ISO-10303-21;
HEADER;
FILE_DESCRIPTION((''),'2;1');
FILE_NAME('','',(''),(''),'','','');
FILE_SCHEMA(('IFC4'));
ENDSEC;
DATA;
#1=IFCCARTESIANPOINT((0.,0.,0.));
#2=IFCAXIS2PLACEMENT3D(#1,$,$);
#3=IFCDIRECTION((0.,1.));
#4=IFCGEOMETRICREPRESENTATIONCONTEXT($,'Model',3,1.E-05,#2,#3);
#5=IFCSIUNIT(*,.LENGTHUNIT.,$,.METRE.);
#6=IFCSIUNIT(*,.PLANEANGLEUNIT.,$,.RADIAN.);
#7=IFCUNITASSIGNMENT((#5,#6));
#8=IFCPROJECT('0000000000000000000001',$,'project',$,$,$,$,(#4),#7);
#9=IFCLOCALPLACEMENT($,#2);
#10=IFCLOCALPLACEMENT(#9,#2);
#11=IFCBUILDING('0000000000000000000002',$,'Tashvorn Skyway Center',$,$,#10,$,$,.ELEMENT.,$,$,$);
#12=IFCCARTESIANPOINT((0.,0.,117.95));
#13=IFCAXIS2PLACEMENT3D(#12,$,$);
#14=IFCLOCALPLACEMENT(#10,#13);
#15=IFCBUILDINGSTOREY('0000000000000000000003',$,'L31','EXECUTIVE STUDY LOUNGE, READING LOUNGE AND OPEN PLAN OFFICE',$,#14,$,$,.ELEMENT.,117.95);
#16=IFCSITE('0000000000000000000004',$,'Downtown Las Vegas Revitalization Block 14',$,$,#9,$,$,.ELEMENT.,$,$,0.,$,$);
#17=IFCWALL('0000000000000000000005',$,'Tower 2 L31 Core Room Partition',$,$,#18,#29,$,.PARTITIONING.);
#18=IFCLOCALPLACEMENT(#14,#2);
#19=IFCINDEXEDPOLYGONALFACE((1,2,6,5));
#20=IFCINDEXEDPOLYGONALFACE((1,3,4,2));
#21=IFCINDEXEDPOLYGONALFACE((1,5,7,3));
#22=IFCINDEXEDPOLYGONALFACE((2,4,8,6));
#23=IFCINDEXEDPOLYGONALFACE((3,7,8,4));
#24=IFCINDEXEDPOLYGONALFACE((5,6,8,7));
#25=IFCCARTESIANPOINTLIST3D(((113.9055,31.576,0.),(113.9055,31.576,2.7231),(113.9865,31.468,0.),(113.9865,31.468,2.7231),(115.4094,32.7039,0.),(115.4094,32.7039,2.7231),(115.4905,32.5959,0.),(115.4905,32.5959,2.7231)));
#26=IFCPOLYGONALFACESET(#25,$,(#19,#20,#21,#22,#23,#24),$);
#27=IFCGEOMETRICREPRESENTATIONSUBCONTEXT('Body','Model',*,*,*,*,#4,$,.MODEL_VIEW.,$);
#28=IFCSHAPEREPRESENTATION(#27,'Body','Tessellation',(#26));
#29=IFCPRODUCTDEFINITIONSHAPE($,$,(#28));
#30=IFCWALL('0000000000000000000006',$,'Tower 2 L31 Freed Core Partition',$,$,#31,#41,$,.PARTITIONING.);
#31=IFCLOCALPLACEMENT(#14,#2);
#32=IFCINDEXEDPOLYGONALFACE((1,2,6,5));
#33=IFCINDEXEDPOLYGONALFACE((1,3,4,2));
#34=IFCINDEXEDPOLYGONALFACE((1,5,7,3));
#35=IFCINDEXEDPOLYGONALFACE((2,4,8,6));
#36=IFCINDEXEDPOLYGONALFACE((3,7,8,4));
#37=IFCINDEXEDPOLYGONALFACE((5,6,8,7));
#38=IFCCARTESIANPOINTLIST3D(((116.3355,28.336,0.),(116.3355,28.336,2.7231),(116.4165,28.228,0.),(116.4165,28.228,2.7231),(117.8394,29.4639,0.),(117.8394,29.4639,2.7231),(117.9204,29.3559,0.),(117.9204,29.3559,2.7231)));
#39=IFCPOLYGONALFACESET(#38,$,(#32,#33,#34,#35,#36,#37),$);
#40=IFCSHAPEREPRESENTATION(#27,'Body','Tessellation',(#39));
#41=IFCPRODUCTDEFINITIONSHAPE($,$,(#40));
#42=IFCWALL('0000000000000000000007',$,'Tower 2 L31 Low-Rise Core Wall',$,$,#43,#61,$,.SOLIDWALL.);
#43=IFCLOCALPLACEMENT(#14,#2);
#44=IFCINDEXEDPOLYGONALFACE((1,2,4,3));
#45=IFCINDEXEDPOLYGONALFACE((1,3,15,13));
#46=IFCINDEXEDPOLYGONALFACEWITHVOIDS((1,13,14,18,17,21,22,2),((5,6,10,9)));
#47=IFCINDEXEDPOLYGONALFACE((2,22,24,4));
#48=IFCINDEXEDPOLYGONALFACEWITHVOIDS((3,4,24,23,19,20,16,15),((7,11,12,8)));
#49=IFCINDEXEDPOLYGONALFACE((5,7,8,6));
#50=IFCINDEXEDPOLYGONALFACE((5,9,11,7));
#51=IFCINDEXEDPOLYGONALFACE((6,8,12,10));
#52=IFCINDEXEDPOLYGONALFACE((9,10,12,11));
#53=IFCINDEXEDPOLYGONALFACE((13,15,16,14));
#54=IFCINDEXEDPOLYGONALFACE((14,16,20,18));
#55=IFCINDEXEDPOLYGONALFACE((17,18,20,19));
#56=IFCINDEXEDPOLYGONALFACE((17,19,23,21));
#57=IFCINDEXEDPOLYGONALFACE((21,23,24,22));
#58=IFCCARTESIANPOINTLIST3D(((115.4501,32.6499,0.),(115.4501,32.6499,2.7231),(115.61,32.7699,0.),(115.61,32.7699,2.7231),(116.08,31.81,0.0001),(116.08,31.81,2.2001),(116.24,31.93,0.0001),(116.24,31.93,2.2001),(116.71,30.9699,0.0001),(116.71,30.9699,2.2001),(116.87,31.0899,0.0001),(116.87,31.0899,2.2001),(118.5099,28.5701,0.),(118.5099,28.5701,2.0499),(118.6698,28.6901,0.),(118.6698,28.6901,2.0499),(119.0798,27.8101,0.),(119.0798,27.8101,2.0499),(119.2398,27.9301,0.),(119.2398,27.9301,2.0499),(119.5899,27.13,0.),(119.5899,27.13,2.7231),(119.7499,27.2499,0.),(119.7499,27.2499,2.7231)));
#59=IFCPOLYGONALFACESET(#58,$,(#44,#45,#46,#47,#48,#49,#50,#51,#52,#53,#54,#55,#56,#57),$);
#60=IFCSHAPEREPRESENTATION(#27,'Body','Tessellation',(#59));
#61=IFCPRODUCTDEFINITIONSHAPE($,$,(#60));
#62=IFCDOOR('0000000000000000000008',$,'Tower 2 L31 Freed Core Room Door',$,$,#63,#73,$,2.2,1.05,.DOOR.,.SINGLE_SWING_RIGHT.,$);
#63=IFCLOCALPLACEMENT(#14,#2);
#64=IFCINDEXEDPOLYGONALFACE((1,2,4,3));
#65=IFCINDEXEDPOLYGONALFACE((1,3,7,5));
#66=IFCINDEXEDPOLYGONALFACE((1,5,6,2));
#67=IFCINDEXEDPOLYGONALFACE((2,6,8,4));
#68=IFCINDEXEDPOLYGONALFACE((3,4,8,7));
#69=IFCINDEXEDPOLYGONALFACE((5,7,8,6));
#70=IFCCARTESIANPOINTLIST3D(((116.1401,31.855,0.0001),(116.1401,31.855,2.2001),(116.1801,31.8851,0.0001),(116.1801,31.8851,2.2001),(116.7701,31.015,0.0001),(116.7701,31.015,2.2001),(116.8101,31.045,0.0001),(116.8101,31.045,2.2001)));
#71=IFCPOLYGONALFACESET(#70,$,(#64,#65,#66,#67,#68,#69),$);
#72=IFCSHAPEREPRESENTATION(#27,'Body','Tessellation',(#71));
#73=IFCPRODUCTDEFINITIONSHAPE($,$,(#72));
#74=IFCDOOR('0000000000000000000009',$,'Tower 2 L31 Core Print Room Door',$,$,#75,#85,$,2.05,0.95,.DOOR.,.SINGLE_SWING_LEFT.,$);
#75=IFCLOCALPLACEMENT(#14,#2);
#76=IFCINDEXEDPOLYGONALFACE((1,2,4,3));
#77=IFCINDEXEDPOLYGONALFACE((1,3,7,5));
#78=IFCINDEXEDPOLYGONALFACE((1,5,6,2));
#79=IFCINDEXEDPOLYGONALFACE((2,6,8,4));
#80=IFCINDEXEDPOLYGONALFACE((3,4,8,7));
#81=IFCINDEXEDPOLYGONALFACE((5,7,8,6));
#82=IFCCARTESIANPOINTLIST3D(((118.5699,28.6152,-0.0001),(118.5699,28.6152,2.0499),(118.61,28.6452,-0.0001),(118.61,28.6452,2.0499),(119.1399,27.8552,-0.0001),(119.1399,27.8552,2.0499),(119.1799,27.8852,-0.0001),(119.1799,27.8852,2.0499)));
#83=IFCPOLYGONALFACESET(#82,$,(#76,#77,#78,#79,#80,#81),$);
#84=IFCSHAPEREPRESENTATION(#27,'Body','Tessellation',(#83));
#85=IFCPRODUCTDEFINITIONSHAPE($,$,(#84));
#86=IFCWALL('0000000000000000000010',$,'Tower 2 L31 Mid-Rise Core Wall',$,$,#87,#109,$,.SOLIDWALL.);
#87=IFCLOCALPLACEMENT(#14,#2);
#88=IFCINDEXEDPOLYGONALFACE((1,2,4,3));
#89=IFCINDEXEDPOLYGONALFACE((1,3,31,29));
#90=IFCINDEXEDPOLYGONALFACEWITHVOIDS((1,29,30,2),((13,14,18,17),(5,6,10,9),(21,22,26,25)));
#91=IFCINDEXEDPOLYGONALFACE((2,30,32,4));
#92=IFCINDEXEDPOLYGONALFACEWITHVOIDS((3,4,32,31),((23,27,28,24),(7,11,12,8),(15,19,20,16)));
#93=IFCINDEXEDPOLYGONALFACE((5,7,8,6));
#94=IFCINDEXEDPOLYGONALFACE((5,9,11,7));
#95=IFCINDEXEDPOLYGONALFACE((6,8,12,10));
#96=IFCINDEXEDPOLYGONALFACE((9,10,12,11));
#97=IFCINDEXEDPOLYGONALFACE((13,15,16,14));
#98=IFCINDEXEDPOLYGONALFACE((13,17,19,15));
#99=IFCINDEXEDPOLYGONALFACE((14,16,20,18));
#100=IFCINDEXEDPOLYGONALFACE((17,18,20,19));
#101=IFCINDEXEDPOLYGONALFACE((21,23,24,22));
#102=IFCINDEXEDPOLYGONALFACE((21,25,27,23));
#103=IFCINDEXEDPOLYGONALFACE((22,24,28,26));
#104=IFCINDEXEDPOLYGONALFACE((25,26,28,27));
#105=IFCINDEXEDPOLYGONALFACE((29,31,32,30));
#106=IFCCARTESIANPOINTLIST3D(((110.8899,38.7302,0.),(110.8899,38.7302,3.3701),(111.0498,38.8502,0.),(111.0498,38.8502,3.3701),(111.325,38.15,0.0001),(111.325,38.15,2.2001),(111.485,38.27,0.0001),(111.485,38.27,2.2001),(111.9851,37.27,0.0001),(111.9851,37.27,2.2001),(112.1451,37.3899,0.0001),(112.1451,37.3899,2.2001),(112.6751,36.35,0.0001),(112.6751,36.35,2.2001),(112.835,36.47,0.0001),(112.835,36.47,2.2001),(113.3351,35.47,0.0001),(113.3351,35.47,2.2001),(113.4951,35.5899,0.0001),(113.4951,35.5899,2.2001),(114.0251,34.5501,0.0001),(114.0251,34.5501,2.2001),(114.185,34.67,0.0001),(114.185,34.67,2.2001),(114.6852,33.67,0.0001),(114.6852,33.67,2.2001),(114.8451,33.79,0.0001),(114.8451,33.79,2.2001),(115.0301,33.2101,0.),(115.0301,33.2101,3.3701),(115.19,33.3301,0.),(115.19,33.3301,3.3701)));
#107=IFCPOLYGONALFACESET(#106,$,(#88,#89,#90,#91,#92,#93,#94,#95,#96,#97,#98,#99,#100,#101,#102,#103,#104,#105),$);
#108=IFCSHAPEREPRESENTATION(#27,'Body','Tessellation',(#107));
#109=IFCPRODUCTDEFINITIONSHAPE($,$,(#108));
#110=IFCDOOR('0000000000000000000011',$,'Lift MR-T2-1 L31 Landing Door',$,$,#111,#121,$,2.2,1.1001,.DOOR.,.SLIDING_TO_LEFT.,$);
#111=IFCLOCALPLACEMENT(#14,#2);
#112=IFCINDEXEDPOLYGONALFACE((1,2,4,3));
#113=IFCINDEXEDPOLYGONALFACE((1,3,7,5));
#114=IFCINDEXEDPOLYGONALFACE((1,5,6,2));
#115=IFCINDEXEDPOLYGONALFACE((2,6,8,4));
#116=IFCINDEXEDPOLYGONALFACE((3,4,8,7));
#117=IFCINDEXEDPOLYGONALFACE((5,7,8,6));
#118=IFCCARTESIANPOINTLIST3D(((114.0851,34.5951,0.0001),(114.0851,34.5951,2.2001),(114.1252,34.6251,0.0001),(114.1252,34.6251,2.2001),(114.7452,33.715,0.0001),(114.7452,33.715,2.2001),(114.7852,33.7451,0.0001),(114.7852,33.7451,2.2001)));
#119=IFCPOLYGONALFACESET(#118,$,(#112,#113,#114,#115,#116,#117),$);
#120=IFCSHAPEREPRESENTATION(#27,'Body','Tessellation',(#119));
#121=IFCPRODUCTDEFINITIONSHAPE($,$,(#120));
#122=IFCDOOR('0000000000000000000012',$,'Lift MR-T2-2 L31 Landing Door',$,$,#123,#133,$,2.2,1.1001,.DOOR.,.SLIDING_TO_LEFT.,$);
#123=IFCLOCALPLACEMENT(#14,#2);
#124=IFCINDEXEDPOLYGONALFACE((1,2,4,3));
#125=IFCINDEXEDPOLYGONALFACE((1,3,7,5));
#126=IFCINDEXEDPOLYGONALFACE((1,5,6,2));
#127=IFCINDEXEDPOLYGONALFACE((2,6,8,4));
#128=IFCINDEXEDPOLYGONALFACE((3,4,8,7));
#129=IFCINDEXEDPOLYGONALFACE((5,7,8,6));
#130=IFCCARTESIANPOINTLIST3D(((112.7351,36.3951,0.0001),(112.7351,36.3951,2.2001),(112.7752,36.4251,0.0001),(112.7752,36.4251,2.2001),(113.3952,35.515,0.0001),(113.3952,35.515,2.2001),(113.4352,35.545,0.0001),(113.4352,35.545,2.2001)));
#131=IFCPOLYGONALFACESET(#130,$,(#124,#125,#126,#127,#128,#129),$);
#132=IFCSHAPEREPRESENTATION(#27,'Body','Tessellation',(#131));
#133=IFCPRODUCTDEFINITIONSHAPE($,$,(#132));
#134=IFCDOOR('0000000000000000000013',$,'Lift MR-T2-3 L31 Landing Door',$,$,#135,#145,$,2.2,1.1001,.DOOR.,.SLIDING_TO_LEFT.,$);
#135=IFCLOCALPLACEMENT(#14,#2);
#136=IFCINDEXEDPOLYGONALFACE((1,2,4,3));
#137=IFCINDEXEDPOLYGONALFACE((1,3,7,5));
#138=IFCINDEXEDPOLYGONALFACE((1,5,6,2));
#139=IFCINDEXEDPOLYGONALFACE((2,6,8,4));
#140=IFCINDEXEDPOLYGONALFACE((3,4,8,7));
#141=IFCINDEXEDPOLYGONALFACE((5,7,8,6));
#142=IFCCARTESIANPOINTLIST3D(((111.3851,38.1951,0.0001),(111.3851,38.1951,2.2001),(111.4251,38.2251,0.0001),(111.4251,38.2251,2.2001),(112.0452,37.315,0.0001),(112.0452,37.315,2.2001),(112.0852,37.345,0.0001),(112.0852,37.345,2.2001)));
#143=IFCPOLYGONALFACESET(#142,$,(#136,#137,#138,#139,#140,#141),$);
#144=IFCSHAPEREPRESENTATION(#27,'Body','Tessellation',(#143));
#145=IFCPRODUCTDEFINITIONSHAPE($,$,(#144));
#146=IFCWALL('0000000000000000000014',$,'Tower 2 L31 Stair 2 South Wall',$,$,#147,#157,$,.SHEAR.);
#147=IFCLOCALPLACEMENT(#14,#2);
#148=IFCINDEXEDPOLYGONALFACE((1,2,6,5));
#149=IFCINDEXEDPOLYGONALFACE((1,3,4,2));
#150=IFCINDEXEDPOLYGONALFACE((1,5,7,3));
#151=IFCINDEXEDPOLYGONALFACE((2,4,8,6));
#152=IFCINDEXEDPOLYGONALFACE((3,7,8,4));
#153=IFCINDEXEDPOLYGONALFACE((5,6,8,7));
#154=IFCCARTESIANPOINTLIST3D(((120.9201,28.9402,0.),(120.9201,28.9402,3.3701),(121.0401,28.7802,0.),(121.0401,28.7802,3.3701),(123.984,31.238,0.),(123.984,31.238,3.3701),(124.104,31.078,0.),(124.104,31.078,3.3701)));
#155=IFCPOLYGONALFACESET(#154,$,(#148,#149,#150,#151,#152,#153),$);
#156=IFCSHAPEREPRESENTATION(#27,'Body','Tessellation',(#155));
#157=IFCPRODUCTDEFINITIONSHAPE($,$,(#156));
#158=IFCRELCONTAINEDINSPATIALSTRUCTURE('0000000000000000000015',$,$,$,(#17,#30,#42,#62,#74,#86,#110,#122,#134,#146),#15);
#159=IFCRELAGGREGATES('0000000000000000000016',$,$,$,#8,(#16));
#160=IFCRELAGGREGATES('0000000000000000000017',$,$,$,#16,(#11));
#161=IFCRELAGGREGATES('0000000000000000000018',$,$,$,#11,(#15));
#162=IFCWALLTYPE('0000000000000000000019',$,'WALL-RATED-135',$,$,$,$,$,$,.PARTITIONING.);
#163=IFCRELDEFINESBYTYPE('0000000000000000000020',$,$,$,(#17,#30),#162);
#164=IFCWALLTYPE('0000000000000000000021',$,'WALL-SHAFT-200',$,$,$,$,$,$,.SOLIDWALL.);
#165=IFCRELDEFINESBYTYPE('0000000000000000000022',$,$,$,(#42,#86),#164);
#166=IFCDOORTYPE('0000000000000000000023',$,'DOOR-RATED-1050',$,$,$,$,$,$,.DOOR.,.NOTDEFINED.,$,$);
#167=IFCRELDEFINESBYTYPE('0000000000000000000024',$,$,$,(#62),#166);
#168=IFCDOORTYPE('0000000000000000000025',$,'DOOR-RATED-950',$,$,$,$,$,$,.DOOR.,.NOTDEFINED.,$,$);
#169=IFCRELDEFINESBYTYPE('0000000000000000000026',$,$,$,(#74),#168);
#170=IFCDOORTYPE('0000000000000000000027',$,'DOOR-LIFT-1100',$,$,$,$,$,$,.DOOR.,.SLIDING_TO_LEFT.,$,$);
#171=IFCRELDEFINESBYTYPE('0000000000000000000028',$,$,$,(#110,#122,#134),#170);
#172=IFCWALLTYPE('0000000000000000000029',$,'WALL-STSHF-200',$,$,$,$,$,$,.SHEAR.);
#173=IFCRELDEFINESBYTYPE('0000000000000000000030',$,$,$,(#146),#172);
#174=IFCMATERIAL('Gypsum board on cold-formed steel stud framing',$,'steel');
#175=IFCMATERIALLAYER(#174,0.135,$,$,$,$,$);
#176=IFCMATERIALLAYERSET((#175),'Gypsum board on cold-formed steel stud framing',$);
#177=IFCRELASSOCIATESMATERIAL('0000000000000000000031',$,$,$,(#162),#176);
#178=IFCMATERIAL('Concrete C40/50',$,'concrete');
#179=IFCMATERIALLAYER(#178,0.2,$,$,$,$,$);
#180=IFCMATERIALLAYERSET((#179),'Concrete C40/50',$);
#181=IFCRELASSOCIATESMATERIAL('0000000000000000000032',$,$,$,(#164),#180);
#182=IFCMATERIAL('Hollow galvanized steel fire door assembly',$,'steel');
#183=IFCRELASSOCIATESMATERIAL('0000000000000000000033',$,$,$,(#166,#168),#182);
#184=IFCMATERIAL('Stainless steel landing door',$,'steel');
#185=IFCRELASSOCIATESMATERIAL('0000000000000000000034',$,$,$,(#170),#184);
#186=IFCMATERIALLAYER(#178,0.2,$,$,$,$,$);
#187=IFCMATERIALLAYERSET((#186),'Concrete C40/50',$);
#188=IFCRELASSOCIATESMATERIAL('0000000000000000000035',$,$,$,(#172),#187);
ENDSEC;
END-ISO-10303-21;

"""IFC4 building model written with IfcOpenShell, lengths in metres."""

from ifc_helpers import new_model, si_unit, direction, frame, frame_2d, origin, place, context, subcontext, project, spatial, rectangle, extrude, material, layer, layer_set, type_object, element, fill, save


model = new_model("IFC4")

# Units and contexts
model_context = context("Model", 3, precision=1e-05, world=origin(), true_north=direction((0.0, 1.0)))
body_context = subcontext(model_context, "Body", "Model", "MODEL_VIEW")
ifc_project = project(units=[si_unit("LENGTHUNIT", "METRE"), si_unit("PLANEANGLEUNIT", "RADIAN")], contexts=[model_context])

# Site, building, storey
site_placement = place(None, origin())
site = spatial("IfcSite", under=ifc_project, at=site_placement, Name="Downtown Las Vegas Revitalization Block 14", CompositionType="ELEMENT", RefElevation=0.0)
building_placement = place(site_placement, origin())
building = spatial("IfcBuilding", under=site, at=building_placement, Name="Tashvorn Skyway Center", CompositionType="ELEMENT")
storey_placement = place(building_placement, frame((0.0, 0.0, 117.95)))
storey = spatial("IfcBuildingStorey", under=building, at=storey_placement, Name="L31", Description="EXECUTIVE STUDY LOUNGE, READING LOUNGE AND OPEN PLAN OFFICE", CompositionType="ELEMENT", Elevation=117.95)

# Walls
ifc_material_1 = material(Name="Gypsum board on cold-formed steel stud framing", Category="steel")
ifc_layer_1 = layer(ifc_material_1, 0.135)
ifc_layer_set_1 = layer_set([ifc_layer_1], Name="Gypsum board on cold-formed steel stud framing")
wall_type_1 = type_object("IfcWallType", Name="WALL-RATED-135", PredefinedType="PARTITIONING", material=ifc_layer_set_1)
for number, where, z_axis, x_axis, name in (
    (1, (113.946, 31.522, 0.0), (0.0, 0.0, 1.0), (0.8, 0.6, 0.0), "Tower 2 L31 Core Room Partition"),
    (2, (116.376, 28.282, 0.0), (0.0, 0.0, 1.0), (0.8, 0.6, 0.0), "Tower 2 L31 Freed Core Partition"),
):
    element("IfcWall", number, at=place(storey_placement, frame(where, z_axis=z_axis, x_axis=x_axis)), inside=storey, type_object=wall_type_1, Name=name, PredefinedType="PARTITIONING", context=body_context, shape_type="SweptSolid", body=[
        extrude(rectangle(XDim=1.8799, YDim=0.135, at=frame_2d((0.9399, 0.0))), origin(), (0.0, 0.0, 1.0), 2.7231),
    ])

# Walls, openings, doors
ifc_material_2 = material(Name="Concrete C40/50", Category="concrete")
ifc_layer_2 = layer(ifc_material_2, 0.2)
ifc_layer_set_2 = layer_set([ifc_layer_2], Name="Concrete C40/50")
wall_type_2 = type_object("IfcWallType", Name="WALL-SHAFT-200", PredefinedType="SOLIDWALL", material=ifc_layer_set_2)
wall_1_placement = place(storey_placement, frame((119.6699, 27.1899, 0.0), z_axis=(0.0, 0.0, 1.0), x_axis=(-0.599989, 0.800008, 0.0)))
wall_1 = element("IfcWall", 3, at=wall_1_placement, inside=storey, type_object=wall_type_2, Name="Tower 2 L31 Low-Rise Core Wall", PredefinedType="SOLIDWALL", context=body_context, shape_type="SweptSolid", body=[
    extrude(rectangle(XDim=6.8999, YDim=0.2, at=frame_2d((3.45, 0.0))), origin(), (0.0, 0.0, 1.0), 2.7231),
])
opening_1_placement = place(wall_1_placement, frame((0.8501, 0.0, 0.0)))
opening_1 = element("IfcOpeningElement", 4, at=opening_1_placement, cuts=wall_1, PredefinedType="OPENING", context=body_context, shape_type="SweptSolid", body=[
    extrude(rectangle(XDim=0.95, YDim=2.05, at=frame_2d((0.4751, 1.0249))), frame((0.0, 0.1099, 0.0), z_axis=(0.0, -1.0, 0.0), x_axis=(1.0, 0.0, 0.0)), (0.0, 0.0, 1.0), 0.22),
])
opening_2_placement = place(wall_1_placement, frame((4.8, 0.0, 0.0)))
opening_2 = element("IfcOpeningElement", 5, at=opening_2_placement, cuts=wall_1, PredefinedType="OPENING", context=body_context, shape_type="SweptSolid", body=[
    extrude(rectangle(XDim=1.05, YDim=2.2, at=frame_2d((0.5249, 1.1001))), frame((0.0, 0.1099, 0.0), z_axis=(0.0, -1.0, 0.0), x_axis=(1.0, 0.0, 0.0)), (0.0, 0.0, 1.0), 0.22),
])
ifc_material_3 = material(Name="Hollow galvanized steel fire door assembly", Category="steel")
door_type_1 = type_object("IfcDoorType", Name="DOOR-RATED-1050", OperationType="NOTDEFINED", PredefinedType="DOOR", material=ifc_material_3)
door_1_placement = place(opening_2_placement, origin())
door_1 = element("IfcDoor", 6, at=door_1_placement, inside=storey, type_object=door_type_1, Name="Tower 2 L31 Freed Core Room Door", OperationType="SINGLE_SWING_RIGHT", OverallHeight=2.2, OverallWidth=1.05, PredefinedType="DOOR", context=body_context, shape_type="SweptSolid", body=[
    extrude(rectangle(XDim=1.05, YDim=2.2, at=frame_2d((0.5249, 1.1001))), frame((0.0, 0.0249, 0.0), z_axis=(0.0, -1.0, 0.0), x_axis=(1.0, 0.0, 0.0)), (0.0, 0.0, 1.0), 0.05),
])
fill(opening_2, door_1)
door_type_2 = type_object("IfcDoorType", Name="DOOR-RATED-950", OperationType="NOTDEFINED", PredefinedType="DOOR", material=ifc_material_3)
door_2_placement = place(opening_1_placement, origin())
door_2 = element("IfcDoor", 7, at=door_2_placement, inside=storey, type_object=door_type_2, Name="Tower 2 L31 Core Print Room Door", OperationType="SINGLE_SWING_LEFT", OverallHeight=2.05, OverallWidth=0.95, PredefinedType="DOOR", context=body_context, shape_type="SweptSolid", body=[
    extrude(rectangle(XDim=0.95, YDim=2.05, at=frame_2d((0.4751, 1.0249))), frame((0.0, 0.0249, 0.0), z_axis=(0.0, -1.0, 0.0), x_axis=(1.0, 0.0, 0.0)), (0.0, 0.0, 1.0), 0.05),
])
fill(opening_1, door_2)
wall_2_placement = place(storey_placement, frame((115.1101, 33.27, 0.0), z_axis=(0.0, 0.0, 1.0), x_axis=(-0.600011, 0.799992, 0.0)))
wall_2 = element("IfcWall", 8, at=wall_2_placement, inside=storey, type_object=wall_type_2, Name="Tower 2 L31 Mid-Rise Core Wall", PredefinedType="SOLIDWALL", context=body_context, shape_type="SweptSolid", body=[
    extrude(rectangle(XDim=6.9001, YDim=0.2, at=frame_2d((3.4502, 0.0))), origin(), (0.0, 0.0, 1.0), 3.3701),
])
opening_3_placement = place(wall_2_placement, frame((0.575, 0.0, 0.0)))
opening_3 = element("IfcOpeningElement", 9, at=opening_3_placement, cuts=wall_2, PredefinedType="OPENING", context=body_context, shape_type="SweptSolid", body=[
    extrude(rectangle(XDim=1.1001, YDim=2.2, at=frame_2d((0.55, 1.1001))), frame((0.0, 0.1099, 0.0), z_axis=(0.0, -1.0, 0.0), x_axis=(1.0, 0.0, 0.0)), (0.0, 0.0, 1.0), 0.22),
])
opening_4_placement = place(wall_2_placement, frame((2.825, 0.0, 0.0)))
opening_4 = element("IfcOpeningElement", 10, at=opening_4_placement, cuts=wall_2, PredefinedType="OPENING", context=body_context, shape_type="SweptSolid", body=[
    extrude(rectangle(XDim=1.1001, YDim=2.2, at=frame_2d((0.55, 1.1001))), frame((0.0, 0.1099, 0.0), z_axis=(0.0, -1.0, 0.0), x_axis=(1.0, 0.0, 0.0)), (0.0, 0.0, 1.0), 0.22),
])
opening_5_placement = place(wall_2_placement, frame((5.075, 0.0, 0.0)))
opening_5 = element("IfcOpeningElement", 11, at=opening_5_placement, cuts=wall_2, PredefinedType="OPENING", context=body_context, shape_type="SweptSolid", body=[
    extrude(rectangle(XDim=1.1001, YDim=2.2, at=frame_2d((0.55, 1.1001))), frame((0.0, 0.1099, 0.0), z_axis=(0.0, -1.0, 0.0), x_axis=(1.0, 0.0, 0.0)), (0.0, 0.0, 1.0), 0.22),
])
ifc_material_4 = material(Name="Stainless steel landing door", Category="steel")
door_type_3 = type_object("IfcDoorType", Name="DOOR-LIFT-1100", OperationType="SLIDING_TO_LEFT", PredefinedType="DOOR", material=ifc_material_4)
door_3_placement = place(opening_3_placement, origin())
door_3 = element("IfcDoor", 12, at=door_3_placement, inside=storey, type_object=door_type_3, Name="Lift MR-T2-1 L31 Landing Door", OperationType="SLIDING_TO_LEFT", OverallHeight=2.2, OverallWidth=1.1001, PredefinedType="DOOR", context=body_context, shape_type="SweptSolid", body=[
    extrude(rectangle(XDim=1.1001, YDim=2.2, at=frame_2d((0.55, 1.1001))), frame((0.0, 0.0249, 0.0), z_axis=(0.0, -1.0, 0.0), x_axis=(1.0, 0.0, 0.0)), (0.0, 0.0, 1.0), 0.05),
])
fill(opening_3, door_3)
door_4_placement = place(opening_4_placement, origin())
door_4 = element("IfcDoor", 13, at=door_4_placement, inside=storey, type_object=door_type_3, Name="Lift MR-T2-2 L31 Landing Door", OperationType="SLIDING_TO_LEFT", OverallHeight=2.2, OverallWidth=1.1001, PredefinedType="DOOR", context=body_context, shape_type="SweptSolid", body=[
    extrude(rectangle(XDim=1.1001, YDim=2.2, at=frame_2d((0.55, 1.1001))), frame((0.0, 0.0249, 0.0), z_axis=(0.0, -1.0, 0.0), x_axis=(1.0, 0.0, 0.0)), (0.0, 0.0, 1.0), 0.05),
])
fill(opening_4, door_4)
door_5_placement = place(opening_5_placement, origin())
door_5 = element("IfcDoor", 14, at=door_5_placement, inside=storey, type_object=door_type_3, Name="Lift MR-T2-3 L31 Landing Door", OperationType="SLIDING_TO_LEFT", OverallHeight=2.2, OverallWidth=1.1001, PredefinedType="DOOR", context=body_context, shape_type="SweptSolid", body=[
    extrude(rectangle(XDim=1.1001, YDim=2.2, at=frame_2d((0.55, 1.1001))), frame((0.0, 0.0249, 0.0), z_axis=(0.0, -1.0, 0.0), x_axis=(1.0, 0.0, 0.0)), (0.0, 0.0, 1.0), 0.05),
])
fill(opening_5, door_5)

# Wall
ifc_layer_3 = layer(ifc_material_2, 0.2)
ifc_layer_set_3 = layer_set([ifc_layer_3], Name="Concrete C40/50")
wall_type_3 = type_object("IfcWallType", Name="WALL-STSHF-200", PredefinedType="SHEAR", material=ifc_layer_set_3)
wall_3_placement = place(storey_placement, frame((120.98, 28.8601, 0.0), z_axis=(0.0, 0.0, 1.0), x_axis=(0.800015, 0.59998, 0.0)))
element("IfcWall", 15, at=wall_3_placement, inside=storey, type_object=wall_type_3, Name="Tower 2 L31 Stair 2 South Wall", PredefinedType="SHEAR", context=body_context, shape_type="SweptSolid", body=[
    extrude(rectangle(XDim=3.8298, YDim=0.2, at=frame_2d((1.915, 0.0))), origin(), (0.0, 0.0, 1.0), 3.3701),
])

save(model, "model.ifc")
